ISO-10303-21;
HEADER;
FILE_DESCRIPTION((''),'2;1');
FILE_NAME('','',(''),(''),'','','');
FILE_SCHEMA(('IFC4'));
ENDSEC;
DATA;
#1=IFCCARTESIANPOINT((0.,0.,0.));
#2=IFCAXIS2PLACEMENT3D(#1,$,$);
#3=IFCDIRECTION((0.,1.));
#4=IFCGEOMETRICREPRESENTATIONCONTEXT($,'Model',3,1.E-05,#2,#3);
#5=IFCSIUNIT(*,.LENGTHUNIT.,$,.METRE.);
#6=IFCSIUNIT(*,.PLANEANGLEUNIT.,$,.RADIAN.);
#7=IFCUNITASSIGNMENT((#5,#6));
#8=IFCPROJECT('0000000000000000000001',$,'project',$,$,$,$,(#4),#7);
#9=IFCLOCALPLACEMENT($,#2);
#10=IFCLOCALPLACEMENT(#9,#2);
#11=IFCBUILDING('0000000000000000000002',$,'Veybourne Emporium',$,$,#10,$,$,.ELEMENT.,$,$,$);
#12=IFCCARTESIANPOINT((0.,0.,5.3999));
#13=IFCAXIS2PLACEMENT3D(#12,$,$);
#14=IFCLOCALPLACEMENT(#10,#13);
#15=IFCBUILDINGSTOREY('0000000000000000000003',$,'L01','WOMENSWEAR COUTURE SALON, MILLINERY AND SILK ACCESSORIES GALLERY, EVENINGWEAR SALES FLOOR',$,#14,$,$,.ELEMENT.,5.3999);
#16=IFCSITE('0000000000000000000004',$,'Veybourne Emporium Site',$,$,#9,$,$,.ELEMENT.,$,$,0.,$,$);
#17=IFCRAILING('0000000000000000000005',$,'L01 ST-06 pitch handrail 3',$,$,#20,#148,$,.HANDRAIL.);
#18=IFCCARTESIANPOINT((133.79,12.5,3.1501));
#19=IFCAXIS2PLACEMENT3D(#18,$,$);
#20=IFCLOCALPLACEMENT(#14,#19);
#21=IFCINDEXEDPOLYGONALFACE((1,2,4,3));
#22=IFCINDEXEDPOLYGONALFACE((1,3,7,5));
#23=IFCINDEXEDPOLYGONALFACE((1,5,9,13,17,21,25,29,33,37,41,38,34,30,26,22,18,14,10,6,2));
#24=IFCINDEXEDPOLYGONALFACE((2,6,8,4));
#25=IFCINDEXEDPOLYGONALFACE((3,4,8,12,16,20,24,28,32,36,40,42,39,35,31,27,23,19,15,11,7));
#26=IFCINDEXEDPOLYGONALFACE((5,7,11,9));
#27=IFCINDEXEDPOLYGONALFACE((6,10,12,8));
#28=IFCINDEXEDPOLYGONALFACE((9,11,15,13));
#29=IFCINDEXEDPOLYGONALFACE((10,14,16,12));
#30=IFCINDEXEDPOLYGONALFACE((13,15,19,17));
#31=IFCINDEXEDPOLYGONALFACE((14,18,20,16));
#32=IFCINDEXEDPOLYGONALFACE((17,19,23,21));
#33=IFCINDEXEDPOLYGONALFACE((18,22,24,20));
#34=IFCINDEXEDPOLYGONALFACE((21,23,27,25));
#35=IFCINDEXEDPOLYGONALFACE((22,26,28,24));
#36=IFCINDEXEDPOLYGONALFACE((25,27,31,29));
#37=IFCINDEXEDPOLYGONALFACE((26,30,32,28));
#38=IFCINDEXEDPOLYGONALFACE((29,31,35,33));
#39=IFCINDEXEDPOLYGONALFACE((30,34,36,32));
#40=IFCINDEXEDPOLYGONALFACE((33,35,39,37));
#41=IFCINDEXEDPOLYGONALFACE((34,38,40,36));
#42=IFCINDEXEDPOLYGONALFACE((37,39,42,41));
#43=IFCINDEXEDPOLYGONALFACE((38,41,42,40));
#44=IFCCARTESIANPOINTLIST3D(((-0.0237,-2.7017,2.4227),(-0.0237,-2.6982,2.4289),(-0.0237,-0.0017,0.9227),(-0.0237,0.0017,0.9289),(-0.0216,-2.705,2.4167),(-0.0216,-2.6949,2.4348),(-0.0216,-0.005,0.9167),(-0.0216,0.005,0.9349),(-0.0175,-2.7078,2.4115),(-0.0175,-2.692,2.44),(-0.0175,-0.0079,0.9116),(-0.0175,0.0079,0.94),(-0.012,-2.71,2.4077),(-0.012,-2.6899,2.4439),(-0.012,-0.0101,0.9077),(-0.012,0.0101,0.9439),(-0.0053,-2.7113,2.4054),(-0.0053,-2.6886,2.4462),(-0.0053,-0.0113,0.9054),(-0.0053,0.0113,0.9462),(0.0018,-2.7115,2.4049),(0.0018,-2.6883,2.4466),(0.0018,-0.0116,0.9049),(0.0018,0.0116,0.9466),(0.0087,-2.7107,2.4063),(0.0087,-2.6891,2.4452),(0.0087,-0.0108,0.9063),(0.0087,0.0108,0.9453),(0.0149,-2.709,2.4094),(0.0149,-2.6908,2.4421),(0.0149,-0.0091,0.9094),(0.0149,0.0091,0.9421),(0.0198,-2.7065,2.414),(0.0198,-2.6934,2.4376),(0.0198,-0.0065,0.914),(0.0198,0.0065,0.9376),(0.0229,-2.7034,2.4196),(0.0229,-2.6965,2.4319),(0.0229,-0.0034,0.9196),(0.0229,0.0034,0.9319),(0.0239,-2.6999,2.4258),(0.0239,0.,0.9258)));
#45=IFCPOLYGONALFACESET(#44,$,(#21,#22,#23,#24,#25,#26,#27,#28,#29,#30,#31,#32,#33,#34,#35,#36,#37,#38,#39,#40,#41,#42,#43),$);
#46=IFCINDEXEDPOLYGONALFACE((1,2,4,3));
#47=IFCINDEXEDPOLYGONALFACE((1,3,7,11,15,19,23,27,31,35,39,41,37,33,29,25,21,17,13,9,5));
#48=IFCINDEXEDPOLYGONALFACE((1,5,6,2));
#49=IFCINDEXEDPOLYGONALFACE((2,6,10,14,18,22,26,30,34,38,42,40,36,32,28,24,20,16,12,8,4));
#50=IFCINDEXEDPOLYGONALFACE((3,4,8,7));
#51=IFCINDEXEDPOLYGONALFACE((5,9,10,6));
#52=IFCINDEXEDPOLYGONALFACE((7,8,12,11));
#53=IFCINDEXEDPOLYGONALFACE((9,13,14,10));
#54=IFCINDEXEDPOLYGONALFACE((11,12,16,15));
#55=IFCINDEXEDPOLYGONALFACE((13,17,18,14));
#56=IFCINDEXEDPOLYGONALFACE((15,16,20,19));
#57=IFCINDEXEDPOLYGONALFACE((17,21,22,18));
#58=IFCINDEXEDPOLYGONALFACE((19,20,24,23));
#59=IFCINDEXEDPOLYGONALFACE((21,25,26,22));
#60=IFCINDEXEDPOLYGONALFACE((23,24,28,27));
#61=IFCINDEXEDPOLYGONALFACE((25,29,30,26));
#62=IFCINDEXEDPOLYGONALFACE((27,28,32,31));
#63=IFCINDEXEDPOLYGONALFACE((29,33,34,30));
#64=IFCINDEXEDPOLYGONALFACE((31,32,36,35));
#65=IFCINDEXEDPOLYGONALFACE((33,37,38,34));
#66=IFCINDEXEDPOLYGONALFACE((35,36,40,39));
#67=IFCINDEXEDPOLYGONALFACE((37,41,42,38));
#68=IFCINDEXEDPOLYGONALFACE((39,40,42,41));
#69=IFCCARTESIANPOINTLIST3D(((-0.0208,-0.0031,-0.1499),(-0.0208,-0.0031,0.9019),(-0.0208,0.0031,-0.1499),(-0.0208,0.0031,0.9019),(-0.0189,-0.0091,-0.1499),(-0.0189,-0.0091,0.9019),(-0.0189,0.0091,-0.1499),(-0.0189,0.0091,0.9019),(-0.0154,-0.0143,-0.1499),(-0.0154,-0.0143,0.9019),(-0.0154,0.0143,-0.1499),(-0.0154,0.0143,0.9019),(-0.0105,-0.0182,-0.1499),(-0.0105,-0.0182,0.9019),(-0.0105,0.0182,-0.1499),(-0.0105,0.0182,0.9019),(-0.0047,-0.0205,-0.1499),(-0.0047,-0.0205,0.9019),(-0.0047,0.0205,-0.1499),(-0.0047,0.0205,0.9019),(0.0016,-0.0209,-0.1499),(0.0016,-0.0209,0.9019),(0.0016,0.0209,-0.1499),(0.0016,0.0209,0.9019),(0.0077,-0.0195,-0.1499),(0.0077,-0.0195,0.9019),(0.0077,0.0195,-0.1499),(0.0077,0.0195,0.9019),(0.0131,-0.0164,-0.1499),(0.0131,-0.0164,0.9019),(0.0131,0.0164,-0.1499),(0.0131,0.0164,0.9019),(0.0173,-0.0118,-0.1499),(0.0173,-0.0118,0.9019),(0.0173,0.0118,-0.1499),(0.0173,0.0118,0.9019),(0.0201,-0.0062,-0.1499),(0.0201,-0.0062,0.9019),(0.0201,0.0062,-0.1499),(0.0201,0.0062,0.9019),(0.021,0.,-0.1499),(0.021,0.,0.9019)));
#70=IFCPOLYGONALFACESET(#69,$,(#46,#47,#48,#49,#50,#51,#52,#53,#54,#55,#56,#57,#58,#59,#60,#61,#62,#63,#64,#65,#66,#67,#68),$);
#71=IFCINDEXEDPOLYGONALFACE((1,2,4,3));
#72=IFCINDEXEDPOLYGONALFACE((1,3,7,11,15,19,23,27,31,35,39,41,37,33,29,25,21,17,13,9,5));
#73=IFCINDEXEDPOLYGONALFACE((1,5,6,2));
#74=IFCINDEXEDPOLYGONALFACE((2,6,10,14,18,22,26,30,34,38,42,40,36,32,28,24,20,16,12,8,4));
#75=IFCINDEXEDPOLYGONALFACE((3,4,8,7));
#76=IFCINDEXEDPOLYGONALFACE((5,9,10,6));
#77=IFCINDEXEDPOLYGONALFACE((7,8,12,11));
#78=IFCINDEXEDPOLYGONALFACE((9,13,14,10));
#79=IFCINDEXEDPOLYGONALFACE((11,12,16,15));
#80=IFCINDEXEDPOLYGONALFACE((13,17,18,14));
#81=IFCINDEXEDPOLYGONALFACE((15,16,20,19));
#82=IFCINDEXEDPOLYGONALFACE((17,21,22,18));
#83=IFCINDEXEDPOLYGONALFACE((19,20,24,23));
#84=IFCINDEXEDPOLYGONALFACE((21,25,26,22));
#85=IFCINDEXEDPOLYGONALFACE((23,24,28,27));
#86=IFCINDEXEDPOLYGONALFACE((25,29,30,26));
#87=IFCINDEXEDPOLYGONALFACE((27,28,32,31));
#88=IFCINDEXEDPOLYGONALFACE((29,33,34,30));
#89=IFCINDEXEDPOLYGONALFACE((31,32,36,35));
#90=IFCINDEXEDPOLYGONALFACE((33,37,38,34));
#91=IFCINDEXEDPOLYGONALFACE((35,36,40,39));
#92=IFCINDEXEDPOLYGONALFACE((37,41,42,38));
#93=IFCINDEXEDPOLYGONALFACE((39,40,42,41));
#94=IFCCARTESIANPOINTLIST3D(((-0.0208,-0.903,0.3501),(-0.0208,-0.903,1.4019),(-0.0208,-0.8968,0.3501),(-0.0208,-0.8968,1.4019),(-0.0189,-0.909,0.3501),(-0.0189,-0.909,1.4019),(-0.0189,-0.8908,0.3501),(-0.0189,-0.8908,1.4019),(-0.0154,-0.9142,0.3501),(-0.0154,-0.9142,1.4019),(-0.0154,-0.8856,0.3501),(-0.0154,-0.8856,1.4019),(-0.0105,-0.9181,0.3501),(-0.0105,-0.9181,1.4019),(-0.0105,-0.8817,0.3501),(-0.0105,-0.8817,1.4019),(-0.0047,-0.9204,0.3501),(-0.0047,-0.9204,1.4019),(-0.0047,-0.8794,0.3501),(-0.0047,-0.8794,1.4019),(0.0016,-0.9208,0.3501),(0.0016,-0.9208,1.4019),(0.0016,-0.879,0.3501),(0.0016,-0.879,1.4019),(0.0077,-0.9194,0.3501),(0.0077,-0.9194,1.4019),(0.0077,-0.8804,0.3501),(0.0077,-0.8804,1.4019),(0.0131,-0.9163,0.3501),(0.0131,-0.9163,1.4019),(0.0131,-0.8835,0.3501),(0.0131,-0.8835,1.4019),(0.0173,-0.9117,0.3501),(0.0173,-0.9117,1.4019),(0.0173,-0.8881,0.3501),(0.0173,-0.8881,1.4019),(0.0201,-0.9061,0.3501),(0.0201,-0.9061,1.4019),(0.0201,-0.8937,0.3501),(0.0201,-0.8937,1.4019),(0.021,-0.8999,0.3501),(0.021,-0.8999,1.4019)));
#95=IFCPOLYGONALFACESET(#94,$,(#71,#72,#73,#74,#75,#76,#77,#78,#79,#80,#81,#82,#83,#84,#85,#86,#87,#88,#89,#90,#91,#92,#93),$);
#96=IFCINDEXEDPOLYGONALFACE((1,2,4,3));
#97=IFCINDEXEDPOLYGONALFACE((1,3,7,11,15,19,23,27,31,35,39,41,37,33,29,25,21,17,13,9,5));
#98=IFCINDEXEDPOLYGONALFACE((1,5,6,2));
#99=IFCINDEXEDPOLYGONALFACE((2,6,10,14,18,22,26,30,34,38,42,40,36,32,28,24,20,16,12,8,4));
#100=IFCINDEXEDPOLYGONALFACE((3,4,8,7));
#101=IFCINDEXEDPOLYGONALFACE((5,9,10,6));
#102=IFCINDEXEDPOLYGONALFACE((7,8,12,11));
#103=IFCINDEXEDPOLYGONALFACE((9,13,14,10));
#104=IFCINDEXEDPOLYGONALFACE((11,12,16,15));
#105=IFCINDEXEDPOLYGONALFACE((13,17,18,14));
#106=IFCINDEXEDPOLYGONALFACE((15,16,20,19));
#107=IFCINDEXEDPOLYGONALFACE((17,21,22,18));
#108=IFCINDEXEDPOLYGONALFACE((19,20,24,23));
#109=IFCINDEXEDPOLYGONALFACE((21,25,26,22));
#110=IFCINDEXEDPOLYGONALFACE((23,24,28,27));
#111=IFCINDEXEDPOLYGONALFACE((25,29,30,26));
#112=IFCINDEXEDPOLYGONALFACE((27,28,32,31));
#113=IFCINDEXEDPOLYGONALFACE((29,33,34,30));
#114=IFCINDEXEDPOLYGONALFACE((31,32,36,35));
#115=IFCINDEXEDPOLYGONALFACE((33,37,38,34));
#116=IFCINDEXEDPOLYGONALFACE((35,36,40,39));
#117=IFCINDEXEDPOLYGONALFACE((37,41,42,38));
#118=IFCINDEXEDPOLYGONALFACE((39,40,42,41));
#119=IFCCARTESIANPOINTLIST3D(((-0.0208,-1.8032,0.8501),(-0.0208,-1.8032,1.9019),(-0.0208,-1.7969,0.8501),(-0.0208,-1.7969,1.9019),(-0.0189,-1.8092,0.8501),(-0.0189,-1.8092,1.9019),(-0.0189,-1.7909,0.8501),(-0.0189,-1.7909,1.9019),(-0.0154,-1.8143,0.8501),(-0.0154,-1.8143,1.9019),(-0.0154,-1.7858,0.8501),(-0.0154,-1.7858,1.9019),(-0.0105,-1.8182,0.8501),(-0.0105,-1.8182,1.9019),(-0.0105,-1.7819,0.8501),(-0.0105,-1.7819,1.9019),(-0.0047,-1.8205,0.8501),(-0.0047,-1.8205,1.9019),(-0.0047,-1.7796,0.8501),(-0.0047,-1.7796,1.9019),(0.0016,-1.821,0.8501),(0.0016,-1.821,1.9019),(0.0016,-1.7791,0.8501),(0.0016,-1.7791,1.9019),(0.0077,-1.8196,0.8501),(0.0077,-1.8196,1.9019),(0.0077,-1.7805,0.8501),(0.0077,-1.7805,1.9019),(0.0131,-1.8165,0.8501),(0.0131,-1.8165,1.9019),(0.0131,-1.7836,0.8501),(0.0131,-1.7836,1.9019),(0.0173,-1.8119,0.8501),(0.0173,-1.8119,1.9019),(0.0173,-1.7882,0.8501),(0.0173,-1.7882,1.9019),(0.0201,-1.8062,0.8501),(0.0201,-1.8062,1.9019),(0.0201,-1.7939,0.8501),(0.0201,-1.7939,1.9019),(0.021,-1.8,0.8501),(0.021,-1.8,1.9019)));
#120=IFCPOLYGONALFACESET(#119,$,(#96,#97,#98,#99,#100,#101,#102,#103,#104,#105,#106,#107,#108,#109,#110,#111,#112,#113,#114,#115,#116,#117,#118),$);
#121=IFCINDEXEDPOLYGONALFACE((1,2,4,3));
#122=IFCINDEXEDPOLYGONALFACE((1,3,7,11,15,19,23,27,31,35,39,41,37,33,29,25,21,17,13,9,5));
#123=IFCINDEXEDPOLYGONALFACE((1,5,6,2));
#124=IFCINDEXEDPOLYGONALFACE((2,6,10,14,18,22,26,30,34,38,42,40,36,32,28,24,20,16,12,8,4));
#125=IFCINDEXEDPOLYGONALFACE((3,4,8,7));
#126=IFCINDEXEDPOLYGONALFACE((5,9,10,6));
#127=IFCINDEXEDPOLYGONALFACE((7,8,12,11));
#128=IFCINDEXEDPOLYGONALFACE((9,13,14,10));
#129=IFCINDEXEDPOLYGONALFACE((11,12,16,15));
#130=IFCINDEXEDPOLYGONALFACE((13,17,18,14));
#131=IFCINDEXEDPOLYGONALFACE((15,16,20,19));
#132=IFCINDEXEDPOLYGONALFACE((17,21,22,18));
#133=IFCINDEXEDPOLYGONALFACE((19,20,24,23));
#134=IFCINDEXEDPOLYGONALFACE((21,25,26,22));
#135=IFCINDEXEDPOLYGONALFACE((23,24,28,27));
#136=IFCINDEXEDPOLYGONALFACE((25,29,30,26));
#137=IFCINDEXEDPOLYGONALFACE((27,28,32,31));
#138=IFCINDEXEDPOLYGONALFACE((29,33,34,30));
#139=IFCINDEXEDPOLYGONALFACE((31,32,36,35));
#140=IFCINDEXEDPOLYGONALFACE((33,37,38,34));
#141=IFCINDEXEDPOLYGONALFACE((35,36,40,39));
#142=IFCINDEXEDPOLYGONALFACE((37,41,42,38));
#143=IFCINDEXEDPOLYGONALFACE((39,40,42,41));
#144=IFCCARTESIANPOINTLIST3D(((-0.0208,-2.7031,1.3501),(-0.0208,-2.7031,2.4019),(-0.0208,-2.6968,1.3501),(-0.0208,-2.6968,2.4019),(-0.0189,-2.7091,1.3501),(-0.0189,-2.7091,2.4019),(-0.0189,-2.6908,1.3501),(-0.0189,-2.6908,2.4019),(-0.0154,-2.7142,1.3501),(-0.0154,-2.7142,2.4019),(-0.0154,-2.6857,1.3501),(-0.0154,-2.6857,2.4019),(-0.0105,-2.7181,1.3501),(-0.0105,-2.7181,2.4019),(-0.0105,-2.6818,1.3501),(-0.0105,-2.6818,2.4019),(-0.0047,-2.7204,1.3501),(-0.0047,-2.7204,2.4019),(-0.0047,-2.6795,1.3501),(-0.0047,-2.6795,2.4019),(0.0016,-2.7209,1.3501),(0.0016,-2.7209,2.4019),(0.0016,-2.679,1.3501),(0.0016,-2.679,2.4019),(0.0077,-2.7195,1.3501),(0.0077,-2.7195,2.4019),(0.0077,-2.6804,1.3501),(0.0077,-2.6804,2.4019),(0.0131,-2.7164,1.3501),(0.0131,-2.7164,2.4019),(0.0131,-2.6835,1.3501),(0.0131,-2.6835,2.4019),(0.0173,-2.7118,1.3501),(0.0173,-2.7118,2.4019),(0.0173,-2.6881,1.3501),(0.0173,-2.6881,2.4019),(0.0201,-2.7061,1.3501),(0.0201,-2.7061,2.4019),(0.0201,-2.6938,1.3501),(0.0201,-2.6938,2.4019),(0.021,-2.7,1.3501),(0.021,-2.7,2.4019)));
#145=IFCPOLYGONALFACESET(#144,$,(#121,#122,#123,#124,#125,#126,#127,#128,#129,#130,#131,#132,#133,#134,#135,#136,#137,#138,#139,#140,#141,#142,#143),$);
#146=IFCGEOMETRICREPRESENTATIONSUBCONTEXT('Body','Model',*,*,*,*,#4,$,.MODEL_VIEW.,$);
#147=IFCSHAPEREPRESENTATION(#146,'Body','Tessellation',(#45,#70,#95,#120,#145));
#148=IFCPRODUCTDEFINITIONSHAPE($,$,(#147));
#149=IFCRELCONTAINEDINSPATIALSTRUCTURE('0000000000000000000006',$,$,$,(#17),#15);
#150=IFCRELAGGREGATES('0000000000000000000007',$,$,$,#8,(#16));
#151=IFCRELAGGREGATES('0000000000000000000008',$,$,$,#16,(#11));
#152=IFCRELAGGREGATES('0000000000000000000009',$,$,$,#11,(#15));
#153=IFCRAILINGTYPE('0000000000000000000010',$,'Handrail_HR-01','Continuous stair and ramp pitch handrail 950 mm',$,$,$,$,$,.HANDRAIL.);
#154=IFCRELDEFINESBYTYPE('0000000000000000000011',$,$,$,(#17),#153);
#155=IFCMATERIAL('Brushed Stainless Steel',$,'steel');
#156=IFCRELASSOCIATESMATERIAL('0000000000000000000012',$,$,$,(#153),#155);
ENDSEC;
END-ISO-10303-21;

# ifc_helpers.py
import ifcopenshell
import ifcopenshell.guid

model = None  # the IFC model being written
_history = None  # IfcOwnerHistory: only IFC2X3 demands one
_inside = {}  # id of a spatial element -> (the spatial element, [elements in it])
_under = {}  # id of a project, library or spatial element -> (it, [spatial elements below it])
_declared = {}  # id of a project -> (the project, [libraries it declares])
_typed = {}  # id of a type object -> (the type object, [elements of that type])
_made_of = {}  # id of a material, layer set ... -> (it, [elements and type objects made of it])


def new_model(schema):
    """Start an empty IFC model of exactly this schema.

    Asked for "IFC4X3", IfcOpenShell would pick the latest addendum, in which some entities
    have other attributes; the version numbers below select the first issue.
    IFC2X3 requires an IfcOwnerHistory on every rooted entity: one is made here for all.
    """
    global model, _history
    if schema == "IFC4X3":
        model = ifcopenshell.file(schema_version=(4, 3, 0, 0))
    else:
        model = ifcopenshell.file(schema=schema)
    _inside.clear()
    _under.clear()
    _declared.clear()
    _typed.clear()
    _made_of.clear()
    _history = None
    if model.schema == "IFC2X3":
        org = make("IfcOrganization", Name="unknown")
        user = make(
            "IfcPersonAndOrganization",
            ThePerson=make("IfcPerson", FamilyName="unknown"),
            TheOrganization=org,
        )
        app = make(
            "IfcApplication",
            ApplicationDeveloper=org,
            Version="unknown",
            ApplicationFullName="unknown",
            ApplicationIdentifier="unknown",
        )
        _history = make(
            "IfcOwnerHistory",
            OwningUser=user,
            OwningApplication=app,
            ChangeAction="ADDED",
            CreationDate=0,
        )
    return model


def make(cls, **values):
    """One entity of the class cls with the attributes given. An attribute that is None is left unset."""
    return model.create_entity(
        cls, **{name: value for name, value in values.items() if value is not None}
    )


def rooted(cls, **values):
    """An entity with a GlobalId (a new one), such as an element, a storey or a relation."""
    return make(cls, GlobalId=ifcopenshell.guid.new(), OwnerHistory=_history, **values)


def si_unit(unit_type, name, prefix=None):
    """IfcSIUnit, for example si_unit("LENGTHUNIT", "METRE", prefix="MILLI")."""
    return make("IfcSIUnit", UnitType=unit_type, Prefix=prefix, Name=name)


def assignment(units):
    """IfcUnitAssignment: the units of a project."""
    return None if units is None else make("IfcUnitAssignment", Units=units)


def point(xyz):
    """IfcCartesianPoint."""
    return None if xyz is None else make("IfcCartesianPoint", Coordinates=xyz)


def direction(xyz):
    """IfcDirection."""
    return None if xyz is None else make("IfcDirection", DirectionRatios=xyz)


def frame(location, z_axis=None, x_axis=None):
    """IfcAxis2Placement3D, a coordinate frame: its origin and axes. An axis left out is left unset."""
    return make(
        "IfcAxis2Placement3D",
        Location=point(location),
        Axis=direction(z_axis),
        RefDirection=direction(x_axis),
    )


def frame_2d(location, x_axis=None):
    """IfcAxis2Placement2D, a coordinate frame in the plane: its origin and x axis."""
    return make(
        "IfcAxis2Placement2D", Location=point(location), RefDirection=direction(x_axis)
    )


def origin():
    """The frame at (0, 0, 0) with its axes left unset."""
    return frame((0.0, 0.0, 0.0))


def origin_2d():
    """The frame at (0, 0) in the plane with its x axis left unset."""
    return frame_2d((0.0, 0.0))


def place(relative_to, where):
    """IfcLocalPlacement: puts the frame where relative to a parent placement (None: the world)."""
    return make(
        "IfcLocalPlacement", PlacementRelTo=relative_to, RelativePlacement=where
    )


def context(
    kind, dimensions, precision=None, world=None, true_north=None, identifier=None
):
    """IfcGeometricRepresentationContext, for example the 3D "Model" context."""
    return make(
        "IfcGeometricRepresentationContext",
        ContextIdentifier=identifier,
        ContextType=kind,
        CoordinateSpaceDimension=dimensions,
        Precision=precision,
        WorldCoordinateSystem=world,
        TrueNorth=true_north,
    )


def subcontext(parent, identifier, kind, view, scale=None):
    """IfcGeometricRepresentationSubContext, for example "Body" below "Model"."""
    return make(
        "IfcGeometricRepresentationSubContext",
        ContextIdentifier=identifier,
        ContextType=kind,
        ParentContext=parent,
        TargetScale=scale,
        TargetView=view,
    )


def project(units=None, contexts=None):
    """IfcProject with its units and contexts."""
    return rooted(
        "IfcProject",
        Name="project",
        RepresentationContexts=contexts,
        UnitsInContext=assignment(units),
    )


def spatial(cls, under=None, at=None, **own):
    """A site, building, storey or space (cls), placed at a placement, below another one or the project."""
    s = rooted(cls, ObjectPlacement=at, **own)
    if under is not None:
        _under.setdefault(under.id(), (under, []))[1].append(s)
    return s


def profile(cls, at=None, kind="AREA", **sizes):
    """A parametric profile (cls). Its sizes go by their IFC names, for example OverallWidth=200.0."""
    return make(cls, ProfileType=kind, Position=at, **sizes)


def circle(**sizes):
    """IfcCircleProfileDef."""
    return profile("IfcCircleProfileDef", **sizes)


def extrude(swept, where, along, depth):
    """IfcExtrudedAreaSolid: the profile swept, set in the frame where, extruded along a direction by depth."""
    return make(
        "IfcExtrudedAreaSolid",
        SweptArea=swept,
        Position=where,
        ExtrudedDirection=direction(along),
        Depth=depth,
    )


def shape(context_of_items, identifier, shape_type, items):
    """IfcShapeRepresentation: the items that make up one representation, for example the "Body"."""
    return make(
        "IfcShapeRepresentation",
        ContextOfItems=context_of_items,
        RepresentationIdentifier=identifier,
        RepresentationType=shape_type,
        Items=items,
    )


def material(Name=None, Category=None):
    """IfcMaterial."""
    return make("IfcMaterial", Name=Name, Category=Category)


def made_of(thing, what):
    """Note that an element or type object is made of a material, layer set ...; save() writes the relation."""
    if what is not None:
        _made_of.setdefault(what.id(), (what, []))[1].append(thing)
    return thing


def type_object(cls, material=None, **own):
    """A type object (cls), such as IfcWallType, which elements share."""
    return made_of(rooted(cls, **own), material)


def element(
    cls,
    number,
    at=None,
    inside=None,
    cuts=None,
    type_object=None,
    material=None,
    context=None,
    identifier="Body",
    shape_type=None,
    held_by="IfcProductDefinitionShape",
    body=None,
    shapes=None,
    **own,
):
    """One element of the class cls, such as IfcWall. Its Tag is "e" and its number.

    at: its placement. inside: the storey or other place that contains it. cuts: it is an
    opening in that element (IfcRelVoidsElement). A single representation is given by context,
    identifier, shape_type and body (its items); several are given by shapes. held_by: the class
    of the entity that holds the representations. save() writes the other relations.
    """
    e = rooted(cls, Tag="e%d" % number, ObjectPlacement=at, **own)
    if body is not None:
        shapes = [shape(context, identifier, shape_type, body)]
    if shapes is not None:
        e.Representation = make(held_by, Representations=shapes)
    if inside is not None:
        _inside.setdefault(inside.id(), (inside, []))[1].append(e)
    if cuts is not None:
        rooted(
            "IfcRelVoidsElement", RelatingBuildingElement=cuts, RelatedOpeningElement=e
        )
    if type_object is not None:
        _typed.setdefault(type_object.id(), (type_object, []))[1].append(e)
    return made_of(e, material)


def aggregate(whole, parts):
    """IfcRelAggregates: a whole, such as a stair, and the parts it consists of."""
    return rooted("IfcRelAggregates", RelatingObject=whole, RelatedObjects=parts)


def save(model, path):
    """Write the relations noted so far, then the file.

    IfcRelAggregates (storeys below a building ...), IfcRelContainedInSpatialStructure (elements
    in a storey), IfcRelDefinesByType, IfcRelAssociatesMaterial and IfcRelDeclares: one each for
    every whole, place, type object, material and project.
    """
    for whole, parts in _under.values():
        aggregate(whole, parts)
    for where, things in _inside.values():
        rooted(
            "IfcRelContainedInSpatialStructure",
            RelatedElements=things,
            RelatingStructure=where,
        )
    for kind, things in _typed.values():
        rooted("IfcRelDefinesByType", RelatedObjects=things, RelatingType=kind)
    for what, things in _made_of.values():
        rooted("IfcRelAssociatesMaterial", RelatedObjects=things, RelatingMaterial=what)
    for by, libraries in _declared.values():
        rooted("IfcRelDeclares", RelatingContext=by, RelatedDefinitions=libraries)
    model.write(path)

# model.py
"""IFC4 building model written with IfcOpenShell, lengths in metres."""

from ifc_helpers import new_model, si_unit, direction, frame, origin, origin_2d, place, context, subcontext, project, spatial, circle, extrude, material, type_object, element, save


model = new_model("IFC4")

# Units and contexts
model_context = context("Model", 3, precision=1e-05, world=origin(), true_north=direction((0.0, 1.0)))
body_context = subcontext(model_context, "Body", "Model", "MODEL_VIEW")
ifc_project = project(units=[si_unit("LENGTHUNIT", "METRE"), si_unit("PLANEANGLEUNIT", "RADIAN")], contexts=[model_context])

# Site, building, storey
site_placement = place(None, origin())
site = spatial("IfcSite", under=ifc_project, at=site_placement, Name="Veybourne Emporium Site", CompositionType="ELEMENT", RefElevation=0.0)
building_placement = place(site_placement, origin())
building = spatial("IfcBuilding", under=site, at=building_placement, Name="Veybourne Emporium", CompositionType="ELEMENT")
storey_placement = place(building_placement, frame((0.0, 0.0, 5.3999)))
storey = spatial("IfcBuildingStorey", under=building, at=storey_placement, Name="L01", Description="WOMENSWEAR COUTURE SALON, MILLINERY AND SILK ACCESSORIES GALLERY, EVENINGWEAR SALES FLOOR", CompositionType="ELEMENT", Elevation=5.3999)

# Railing
ifc_material_1 = material(Name="Brushed Stainless Steel", Category="steel")
railing_type_1 = type_object("IfcRailingType", Name="Handrail_HR-01", Description="Continuous stair and ramp pitch handrail 950 mm", PredefinedType="HANDRAIL", material=ifc_material_1)
railing_1_placement = place(storey_placement, frame((133.79, 12.5, 3.1501)))
element("IfcRailing", 1, at=railing_1_placement, inside=storey, type_object=railing_type_1, Name="L01 ST-06 pitch handrail 3", PredefinedType="HANDRAIL", context=body_context, shape_type="SweptSolid", body=[
    extrude(circle(Radius=0.0239, at=origin_2d()), frame((0.0, 0.0, 0.9258), z_axis=(0.0, -0.874154, 0.48565), x_axis=(1.0, 0.0, 0.0)), (0.0, 0.0, 1.0), 3.0886),
    extrude(circle(Radius=0.021, at=origin_2d()), frame((0.0, 0.0, -0.1499)), (0.0, 0.0, 1.0), 1.0518),
    extrude(circle(Radius=0.021, at=origin_2d()), frame((0.0, -0.8999, 0.3501)), (0.0, 0.0, 1.0), 1.0518),
    extrude(circle(Radius=0.021, at=origin_2d()), frame((0.0, -1.8, 0.8501)), (0.0, 0.0, 1.0), 1.0518),
    extrude(circle(Radius=0.021, at=origin_2d()), frame((0.0, -2.7, 1.3501)), (0.0, 0.0, 1.0), 1.0518),
])

save(model, "model.ifc")
